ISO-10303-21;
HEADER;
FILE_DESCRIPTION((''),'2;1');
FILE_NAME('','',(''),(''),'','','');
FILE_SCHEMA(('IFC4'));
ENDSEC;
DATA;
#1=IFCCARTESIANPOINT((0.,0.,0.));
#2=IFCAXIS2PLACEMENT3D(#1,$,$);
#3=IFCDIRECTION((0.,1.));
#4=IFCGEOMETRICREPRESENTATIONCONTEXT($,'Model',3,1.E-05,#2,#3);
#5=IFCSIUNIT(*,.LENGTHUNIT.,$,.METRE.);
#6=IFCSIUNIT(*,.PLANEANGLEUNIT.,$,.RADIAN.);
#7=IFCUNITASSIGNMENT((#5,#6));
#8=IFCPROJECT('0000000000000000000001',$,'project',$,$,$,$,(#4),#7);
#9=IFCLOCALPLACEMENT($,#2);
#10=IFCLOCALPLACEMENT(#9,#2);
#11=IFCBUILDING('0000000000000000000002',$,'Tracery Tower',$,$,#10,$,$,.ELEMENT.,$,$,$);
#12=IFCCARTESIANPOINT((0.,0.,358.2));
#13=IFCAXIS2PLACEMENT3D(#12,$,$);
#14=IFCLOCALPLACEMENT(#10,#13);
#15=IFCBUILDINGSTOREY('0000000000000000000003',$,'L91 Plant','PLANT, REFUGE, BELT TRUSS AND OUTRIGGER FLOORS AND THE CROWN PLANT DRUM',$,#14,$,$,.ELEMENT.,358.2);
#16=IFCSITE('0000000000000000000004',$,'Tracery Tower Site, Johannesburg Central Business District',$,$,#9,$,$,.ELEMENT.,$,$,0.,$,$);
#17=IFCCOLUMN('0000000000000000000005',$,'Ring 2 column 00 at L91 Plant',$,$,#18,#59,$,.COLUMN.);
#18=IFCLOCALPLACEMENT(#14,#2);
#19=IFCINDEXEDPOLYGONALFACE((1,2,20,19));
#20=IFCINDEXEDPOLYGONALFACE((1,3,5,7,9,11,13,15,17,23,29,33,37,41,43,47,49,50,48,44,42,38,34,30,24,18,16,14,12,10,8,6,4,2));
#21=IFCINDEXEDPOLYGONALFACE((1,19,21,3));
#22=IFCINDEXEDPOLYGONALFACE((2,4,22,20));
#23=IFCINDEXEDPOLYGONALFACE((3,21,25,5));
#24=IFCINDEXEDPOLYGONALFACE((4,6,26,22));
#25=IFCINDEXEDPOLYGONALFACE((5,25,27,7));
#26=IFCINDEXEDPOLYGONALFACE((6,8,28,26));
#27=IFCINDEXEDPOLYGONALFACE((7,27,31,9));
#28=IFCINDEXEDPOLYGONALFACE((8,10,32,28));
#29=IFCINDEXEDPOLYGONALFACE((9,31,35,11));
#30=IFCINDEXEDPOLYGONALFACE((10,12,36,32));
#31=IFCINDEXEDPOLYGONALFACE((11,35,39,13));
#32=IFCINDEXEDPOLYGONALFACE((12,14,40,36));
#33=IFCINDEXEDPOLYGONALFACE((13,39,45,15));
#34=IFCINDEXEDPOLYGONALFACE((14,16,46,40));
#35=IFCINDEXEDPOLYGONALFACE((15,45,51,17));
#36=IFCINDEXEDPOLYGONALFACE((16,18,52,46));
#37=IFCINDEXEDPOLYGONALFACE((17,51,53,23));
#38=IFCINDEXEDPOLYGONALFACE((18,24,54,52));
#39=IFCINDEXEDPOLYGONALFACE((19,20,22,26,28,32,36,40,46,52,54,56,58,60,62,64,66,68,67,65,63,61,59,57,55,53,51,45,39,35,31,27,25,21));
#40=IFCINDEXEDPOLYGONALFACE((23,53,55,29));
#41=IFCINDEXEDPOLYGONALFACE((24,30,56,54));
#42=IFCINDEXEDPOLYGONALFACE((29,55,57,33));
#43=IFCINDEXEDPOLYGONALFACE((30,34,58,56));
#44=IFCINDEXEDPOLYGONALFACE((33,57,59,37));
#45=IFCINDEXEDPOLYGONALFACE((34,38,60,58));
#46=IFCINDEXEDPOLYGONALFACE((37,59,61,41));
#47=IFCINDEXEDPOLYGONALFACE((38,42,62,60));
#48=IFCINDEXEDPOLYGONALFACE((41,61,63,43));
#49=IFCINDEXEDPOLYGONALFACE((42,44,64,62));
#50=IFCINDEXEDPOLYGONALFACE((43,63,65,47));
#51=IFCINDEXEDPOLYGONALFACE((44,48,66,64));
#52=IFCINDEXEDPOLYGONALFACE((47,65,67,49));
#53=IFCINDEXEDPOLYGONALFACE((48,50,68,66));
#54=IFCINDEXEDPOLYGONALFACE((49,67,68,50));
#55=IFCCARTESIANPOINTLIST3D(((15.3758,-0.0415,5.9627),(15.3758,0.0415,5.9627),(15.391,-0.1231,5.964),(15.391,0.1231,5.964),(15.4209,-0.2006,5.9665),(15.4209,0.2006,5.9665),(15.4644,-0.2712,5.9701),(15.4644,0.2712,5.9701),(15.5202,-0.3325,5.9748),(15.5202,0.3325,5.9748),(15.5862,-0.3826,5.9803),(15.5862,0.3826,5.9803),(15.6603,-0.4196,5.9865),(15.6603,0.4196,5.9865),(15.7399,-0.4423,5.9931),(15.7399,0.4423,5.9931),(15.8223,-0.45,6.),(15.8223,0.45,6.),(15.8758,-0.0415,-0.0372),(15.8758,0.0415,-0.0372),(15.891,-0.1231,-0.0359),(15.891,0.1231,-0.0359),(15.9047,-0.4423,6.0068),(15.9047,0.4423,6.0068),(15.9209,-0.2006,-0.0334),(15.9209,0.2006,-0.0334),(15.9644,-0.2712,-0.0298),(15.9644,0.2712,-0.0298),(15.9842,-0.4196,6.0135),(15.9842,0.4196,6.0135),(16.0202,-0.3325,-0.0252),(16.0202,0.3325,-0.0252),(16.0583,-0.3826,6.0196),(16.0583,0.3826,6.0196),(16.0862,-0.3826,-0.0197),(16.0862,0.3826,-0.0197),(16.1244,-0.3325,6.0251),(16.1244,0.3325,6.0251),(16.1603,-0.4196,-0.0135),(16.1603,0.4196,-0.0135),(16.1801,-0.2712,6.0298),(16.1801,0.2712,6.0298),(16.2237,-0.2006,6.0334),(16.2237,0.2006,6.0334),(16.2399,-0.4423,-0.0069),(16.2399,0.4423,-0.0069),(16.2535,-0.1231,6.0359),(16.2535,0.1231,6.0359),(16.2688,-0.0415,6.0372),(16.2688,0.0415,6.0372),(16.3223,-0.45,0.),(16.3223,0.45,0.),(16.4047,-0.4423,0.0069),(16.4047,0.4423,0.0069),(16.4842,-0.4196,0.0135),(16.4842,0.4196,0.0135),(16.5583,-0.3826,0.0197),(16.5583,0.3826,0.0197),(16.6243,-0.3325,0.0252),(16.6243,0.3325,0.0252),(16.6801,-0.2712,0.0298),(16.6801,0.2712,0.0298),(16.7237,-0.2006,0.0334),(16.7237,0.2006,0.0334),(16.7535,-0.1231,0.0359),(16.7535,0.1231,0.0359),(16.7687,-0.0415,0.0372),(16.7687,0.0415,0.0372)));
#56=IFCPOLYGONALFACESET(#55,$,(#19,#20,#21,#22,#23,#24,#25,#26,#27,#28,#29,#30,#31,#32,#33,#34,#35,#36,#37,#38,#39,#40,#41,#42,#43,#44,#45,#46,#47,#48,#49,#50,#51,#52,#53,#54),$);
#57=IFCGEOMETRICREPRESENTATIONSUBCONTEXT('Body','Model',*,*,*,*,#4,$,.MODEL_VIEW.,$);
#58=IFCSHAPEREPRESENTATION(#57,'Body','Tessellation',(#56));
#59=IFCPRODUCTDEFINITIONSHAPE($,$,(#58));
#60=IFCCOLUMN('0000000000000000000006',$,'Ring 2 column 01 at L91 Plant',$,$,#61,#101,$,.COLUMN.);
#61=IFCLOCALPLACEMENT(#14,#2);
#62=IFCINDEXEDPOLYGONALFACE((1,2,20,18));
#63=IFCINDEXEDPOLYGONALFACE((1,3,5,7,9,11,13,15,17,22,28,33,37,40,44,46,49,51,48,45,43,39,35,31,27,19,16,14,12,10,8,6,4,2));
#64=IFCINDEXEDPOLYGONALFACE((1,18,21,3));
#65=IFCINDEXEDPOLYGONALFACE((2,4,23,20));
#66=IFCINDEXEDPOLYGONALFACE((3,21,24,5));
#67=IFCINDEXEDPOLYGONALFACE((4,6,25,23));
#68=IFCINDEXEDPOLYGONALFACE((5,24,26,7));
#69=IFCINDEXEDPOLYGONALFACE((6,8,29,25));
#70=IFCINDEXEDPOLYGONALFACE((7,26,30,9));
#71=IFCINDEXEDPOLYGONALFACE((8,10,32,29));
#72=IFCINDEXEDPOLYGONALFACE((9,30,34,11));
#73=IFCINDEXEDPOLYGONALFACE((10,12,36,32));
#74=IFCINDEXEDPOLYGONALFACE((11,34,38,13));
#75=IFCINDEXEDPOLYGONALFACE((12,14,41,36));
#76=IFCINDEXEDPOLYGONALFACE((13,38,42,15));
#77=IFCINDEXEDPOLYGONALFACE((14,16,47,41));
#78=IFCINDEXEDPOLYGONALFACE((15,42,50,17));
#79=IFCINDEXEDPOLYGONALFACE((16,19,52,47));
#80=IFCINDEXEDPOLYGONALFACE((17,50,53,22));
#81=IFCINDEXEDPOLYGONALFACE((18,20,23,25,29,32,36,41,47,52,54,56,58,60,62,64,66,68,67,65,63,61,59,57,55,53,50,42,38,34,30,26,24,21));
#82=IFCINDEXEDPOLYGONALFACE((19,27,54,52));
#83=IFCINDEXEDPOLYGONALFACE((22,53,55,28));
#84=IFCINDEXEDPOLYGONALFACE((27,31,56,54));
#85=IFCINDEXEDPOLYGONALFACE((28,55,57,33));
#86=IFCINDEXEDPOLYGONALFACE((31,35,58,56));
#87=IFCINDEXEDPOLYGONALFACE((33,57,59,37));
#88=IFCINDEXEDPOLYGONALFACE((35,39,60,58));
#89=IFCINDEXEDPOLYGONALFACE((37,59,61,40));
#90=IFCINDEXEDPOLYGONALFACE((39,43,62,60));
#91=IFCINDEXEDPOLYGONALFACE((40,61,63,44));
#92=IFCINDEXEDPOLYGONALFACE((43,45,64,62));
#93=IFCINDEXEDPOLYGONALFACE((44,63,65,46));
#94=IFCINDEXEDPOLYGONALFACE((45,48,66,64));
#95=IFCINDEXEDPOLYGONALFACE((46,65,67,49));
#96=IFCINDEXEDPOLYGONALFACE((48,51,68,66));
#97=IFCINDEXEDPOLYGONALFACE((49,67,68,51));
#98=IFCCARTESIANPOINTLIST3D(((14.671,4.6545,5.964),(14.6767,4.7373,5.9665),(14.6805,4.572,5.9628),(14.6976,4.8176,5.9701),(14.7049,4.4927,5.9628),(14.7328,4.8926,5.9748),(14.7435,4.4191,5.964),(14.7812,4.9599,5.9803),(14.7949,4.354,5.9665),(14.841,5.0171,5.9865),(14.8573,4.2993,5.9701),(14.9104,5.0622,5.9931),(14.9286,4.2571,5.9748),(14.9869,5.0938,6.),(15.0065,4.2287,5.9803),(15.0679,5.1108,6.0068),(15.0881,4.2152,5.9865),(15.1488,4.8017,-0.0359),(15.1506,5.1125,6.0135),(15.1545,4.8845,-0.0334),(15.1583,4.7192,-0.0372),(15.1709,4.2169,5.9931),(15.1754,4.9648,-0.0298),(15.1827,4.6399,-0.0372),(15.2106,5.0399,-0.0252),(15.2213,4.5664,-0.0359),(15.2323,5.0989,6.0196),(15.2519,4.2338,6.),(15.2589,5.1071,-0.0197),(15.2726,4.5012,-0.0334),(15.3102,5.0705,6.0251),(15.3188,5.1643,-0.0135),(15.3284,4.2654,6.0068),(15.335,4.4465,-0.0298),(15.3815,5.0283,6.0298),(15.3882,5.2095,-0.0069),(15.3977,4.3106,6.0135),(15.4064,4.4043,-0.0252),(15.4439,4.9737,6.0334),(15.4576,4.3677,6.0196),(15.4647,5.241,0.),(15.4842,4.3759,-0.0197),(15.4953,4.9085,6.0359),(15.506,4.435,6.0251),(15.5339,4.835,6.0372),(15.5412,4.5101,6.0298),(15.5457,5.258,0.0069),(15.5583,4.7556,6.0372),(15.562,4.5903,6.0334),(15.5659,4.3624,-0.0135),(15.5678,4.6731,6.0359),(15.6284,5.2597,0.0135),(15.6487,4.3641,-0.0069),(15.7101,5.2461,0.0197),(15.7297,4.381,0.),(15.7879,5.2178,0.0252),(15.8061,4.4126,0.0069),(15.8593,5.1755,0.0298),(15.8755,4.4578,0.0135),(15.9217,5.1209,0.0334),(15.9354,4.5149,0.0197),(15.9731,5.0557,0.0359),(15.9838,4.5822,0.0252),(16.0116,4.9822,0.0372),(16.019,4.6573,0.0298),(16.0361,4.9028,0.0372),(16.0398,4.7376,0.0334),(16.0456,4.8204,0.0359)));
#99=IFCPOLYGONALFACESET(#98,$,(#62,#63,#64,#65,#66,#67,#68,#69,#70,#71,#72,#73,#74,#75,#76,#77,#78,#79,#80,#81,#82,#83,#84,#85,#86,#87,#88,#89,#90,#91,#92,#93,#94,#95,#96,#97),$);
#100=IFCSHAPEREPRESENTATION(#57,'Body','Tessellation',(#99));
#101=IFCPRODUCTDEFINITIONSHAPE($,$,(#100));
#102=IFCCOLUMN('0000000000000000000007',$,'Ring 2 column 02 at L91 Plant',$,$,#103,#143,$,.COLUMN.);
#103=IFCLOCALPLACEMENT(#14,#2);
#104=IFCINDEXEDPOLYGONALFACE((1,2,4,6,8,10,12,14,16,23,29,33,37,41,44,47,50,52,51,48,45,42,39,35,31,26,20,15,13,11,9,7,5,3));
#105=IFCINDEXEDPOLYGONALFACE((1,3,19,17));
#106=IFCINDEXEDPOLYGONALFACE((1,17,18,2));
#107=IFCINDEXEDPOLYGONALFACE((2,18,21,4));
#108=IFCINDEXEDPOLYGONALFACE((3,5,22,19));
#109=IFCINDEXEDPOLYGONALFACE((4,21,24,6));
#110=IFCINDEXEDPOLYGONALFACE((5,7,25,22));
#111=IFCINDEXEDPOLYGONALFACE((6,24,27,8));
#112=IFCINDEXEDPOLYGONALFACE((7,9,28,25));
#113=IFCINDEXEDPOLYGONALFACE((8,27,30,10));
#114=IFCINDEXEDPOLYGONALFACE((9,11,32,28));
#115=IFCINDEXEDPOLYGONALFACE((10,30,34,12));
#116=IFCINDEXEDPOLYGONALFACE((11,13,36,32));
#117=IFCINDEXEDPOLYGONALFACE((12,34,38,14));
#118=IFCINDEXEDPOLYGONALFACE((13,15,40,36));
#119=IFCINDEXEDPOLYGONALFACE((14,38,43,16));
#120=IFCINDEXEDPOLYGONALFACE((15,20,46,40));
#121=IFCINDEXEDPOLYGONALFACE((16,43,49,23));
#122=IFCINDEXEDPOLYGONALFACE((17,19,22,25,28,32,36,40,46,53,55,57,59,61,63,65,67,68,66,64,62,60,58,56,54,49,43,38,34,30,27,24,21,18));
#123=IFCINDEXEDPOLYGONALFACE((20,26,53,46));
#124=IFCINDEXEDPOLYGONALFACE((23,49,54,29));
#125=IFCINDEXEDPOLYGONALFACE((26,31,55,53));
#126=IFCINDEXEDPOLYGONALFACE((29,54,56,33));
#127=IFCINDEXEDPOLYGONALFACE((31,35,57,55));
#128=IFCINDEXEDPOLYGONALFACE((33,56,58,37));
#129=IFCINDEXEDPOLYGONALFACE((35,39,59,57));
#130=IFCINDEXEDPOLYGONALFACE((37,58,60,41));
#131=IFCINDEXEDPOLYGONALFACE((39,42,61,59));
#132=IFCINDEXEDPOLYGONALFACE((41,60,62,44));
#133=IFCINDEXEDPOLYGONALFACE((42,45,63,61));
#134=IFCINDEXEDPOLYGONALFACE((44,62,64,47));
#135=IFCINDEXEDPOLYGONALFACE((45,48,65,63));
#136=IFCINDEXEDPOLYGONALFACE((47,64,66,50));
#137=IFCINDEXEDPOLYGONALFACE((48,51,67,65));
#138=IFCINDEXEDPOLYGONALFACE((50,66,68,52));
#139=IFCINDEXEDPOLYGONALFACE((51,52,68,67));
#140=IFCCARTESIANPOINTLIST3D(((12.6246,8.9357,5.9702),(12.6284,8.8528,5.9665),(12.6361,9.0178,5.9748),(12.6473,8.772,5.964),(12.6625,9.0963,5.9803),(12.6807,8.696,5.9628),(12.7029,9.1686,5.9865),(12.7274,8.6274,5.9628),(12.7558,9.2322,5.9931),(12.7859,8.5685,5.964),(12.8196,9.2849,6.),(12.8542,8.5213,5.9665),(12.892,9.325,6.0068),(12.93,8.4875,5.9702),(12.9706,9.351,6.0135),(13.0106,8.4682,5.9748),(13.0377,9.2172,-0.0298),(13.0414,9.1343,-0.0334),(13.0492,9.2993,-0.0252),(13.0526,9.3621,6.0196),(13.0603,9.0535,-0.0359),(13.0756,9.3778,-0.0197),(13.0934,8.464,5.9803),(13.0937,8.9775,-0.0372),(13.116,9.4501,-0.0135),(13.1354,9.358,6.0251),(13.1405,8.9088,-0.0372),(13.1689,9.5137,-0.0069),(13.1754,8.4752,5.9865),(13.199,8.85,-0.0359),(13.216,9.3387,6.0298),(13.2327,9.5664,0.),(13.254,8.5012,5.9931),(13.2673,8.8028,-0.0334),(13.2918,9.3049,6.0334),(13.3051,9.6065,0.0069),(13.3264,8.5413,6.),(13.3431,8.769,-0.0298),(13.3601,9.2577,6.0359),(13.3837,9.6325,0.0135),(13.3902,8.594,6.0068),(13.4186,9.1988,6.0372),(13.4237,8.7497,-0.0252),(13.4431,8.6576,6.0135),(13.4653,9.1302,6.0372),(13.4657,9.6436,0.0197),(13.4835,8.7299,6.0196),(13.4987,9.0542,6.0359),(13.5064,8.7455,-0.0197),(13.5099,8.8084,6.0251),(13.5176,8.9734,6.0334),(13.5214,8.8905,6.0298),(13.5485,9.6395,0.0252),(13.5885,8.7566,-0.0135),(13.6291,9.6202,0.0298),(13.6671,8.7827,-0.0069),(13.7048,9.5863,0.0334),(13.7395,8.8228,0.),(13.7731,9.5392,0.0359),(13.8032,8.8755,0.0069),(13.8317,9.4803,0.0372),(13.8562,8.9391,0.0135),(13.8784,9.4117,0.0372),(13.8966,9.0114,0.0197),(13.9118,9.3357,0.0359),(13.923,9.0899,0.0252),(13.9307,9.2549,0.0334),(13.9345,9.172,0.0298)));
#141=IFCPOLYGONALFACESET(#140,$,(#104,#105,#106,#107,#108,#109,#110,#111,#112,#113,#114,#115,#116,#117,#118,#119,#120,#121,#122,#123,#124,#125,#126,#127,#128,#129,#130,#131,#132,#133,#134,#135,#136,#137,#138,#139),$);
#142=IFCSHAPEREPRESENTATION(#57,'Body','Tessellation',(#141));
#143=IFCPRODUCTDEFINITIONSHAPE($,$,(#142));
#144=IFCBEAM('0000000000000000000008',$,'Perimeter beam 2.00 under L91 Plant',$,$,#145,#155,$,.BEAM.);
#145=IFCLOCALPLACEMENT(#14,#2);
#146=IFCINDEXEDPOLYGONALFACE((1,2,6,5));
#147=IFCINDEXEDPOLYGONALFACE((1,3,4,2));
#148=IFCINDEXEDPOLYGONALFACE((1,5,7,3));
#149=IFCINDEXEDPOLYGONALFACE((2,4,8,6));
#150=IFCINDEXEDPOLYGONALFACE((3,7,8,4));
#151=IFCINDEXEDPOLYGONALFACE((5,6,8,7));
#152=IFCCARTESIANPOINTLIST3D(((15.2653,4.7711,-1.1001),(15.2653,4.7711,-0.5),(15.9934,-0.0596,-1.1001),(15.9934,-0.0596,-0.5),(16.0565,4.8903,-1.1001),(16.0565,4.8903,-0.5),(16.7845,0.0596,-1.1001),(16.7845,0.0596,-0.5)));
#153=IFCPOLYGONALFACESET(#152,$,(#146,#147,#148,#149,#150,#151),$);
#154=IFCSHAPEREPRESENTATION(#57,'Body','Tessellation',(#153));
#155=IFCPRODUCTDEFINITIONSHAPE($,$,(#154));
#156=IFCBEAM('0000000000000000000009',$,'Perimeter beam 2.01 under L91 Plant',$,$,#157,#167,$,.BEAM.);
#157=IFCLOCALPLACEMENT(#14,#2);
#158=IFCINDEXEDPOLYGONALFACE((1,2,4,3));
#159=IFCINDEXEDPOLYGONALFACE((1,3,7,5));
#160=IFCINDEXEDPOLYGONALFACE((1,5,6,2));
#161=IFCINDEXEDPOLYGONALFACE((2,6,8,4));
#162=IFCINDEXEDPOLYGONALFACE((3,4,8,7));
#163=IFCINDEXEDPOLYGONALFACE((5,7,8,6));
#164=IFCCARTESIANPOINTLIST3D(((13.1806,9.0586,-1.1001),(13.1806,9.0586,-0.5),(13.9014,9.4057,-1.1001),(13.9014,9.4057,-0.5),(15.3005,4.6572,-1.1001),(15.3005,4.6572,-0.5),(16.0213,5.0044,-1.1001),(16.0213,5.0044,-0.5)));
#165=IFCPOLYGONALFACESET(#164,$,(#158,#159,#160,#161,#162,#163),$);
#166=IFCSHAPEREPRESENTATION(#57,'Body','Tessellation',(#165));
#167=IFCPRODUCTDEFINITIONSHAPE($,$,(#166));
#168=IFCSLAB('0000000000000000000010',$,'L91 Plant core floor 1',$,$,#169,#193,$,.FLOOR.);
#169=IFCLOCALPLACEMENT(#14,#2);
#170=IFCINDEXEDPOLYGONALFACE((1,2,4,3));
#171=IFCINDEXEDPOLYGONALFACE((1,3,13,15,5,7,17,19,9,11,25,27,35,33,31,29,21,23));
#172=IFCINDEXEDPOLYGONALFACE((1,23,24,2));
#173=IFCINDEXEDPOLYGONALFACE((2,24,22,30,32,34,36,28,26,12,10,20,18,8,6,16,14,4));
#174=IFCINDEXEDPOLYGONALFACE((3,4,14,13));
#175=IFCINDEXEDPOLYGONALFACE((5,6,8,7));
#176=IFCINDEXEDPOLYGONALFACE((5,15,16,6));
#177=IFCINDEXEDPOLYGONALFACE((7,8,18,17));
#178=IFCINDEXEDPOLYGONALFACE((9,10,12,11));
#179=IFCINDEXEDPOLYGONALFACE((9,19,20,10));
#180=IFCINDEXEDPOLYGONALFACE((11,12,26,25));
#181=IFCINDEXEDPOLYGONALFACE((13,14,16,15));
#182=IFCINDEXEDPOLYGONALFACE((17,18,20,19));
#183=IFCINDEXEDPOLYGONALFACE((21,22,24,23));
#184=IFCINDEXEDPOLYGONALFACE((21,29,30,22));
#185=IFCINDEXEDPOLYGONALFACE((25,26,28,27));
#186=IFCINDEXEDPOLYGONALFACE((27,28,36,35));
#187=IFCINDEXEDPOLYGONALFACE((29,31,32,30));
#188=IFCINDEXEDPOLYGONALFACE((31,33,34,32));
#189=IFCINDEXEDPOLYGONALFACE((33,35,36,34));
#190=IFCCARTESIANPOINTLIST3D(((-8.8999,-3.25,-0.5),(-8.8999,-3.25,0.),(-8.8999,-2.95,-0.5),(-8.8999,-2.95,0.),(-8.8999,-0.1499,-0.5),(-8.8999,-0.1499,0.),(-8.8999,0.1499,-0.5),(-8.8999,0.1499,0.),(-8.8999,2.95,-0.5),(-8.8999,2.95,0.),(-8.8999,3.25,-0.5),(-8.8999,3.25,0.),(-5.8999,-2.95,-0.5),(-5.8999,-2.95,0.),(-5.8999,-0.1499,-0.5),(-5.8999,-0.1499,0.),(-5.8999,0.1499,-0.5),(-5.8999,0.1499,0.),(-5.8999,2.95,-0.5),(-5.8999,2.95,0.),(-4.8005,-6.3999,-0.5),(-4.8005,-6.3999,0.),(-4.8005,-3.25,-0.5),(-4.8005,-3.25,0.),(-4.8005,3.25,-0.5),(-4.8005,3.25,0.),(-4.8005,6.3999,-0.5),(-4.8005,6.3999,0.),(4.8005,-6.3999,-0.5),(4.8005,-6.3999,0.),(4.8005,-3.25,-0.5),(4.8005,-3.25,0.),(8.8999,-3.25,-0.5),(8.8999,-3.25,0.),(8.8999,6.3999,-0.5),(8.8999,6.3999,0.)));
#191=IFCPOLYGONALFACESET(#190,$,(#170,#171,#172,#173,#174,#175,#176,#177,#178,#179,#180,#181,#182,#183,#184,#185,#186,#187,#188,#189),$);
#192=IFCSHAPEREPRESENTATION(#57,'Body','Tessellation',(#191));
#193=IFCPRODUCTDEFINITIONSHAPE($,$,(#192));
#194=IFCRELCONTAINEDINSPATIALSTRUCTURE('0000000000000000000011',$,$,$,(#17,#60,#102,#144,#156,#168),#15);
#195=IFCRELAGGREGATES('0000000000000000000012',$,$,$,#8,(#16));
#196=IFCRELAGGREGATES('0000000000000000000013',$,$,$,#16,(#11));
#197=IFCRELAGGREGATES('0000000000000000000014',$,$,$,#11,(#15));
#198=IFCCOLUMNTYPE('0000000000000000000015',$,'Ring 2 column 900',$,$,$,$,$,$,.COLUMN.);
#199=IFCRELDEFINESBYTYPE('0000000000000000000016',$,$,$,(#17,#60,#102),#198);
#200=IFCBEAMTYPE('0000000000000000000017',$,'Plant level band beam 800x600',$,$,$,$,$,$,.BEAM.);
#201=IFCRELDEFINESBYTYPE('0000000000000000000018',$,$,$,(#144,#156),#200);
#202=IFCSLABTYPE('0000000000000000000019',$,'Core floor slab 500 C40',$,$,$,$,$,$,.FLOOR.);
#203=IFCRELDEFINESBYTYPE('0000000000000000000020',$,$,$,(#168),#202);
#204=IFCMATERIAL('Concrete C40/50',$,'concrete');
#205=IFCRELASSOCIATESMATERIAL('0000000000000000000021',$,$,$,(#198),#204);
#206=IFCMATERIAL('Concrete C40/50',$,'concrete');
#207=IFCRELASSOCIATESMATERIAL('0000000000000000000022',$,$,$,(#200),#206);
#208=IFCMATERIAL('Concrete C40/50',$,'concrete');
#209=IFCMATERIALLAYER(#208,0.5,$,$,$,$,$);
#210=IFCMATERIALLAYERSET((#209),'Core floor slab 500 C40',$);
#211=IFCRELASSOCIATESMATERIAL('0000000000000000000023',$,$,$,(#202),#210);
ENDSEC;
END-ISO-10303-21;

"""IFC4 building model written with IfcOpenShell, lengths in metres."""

from ifc_helpers import new_model, si_unit, direction, frame, origin, origin_2d, place, context, subcontext, project, spatial, polyline, rectangle, circle, outline, extrude, material, layer, layer_set, material_profile, profile_set, type_object, element, save


model = new_model("IFC4")

# Units and contexts
model_context = context("Model", 3, precision=1e-05, world=origin(), true_north=direction((0.0, 1.0)))
body_context = subcontext(model_context, "Body", "Model", "MODEL_VIEW")
ifc_project = project(units=[si_unit("LENGTHUNIT", "METRE"), si_unit("PLANEANGLEUNIT", "RADIAN")], contexts=[model_context])

# Site, building, storey
site_placement = place(None, origin())
site = spatial("IfcSite", under=ifc_project, at=site_placement, Name="Tracery Tower Site, Johannesburg Central Business District", CompositionType="ELEMENT", RefElevation=0.0)
building_placement = place(site_placement, origin())
building = spatial("IfcBuilding", under=site, at=building_placement, Name="Tracery Tower", CompositionType="ELEMENT")
storey_placement = place(building_placement, frame((0.0, 0.0, 358.2)))
storey = spatial("IfcBuildingStorey", under=building, at=storey_placement, Name="L91 Plant", Description="PLANT, REFUGE, BELT TRUSS AND OUTRIGGER FLOORS AND THE CROWN PLANT DRUM", CompositionType="ELEMENT", Elevation=358.2)

# Columns
ifc_material_1 = material(Name="Concrete C40/50", Category="concrete")
ifc_material_profile_1 = material_profile(ifc_material_1, circle(Radius=0.45, at=origin_2d()), Name="RC D900")
ifc_profile_set_1 = profile_set([ifc_material_profile_1], Name="Concrete C40/50")
column_type = type_object("IfcColumnType", Name="Ring 2 column 900", PredefinedType="COLUMN", material=ifc_profile_set_1)
for number, where, z_axis, x_axis, name in (
    (1, (16.3223, 0.0, 0.0), (-0.083045, 0.0, 0.996546), (0.0, -1.0, 0.0), "Ring 2 column 00 at L91 Plant"),
    (2, (15.5972, 4.811, 0.0), (-0.079356, -0.024451, 0.996546), (0.294463, -0.955663, 0.0), "Ring 2 column 01 at L91 Plant"),
    (3, (13.4861, 9.1946, 0.0), (-0.06861, -0.046754, 0.996547), (0.563125, -0.826372, 0.0), "Ring 2 column 02 at L91 Plant"),
):
    element("IfcColumn", number, at=place(storey_placement, frame(where, z_axis=z_axis, x_axis=x_axis)), inside=storey, type_object=column_type, Name=name, PredefinedType="COLUMN", context=body_context, shape_type="SweptSolid", body=[
        extrude(circle(Radius=0.45, at=origin_2d()), origin(), (0.0, 0.0, 1.0), 6.0208),
    ])

# Beams
ifc_material_2 = material(Name="Concrete C40/50", Category="concrete")
ifc_material_profile_2 = material_profile(ifc_material_2, rectangle(XDim=0.8, YDim=0.6001, at=origin_2d()), Name="RC 800x600")
ifc_profile_set_2 = profile_set([ifc_material_profile_2], Name="Concrete C40/50")
beam_type = type_object("IfcBeamType", Name="Plant level band beam 800x600", PredefinedType="BEAM", material=ifc_profile_set_2)
for number, where, z_axis, x_axis, name in (
    (4, (16.3889, 0.0, -0.8), (-0.149022, 0.988834, 0.0), (-0.988834, -0.149022, 0.0), "Perimeter beam 2.00 under L91 Plant"),
    (5, (15.6609, 4.8308, -0.8), (-0.433931, 0.900946, 0.0), (-0.900946, -0.433931, 0.0), "Perimeter beam 2.01 under L91 Plant"),
):
    element("IfcBeam", number, at=place(storey_placement, frame(where, z_axis=z_axis, x_axis=x_axis)), inside=storey, type_object=beam_type, Name=name, PredefinedType="BEAM", context=body_context, shape_type="SweptSolid", body=[
        extrude(rectangle(XDim=0.8, YDim=0.6001, at=origin_2d()), origin(), (0.0, 0.0, 1.0), 4.8853),
    ])

# Slab
ifc_material_3 = material(Name="Concrete C40/50", Category="concrete")
ifc_layer_1 = layer(ifc_material_3, 0.5)
ifc_layer_set_1 = layer_set([ifc_layer_1], Name="Core floor slab 500 C40")
slab_type = type_object("IfcSlabType", Name="Core floor slab 500 C40", PredefinedType="FLOOR", material=ifc_layer_set_1)
slab_placement = place(storey_placement, frame((0.0, 0.0, -0.5)))
element("IfcSlab", 6, at=slab_placement, inside=storey, type_object=slab_type, Name="L91 Plant core floor 1", PredefinedType="FLOOR", context=body_context, shape_type="SweptSolid", body=[
    extrude(outline(polyline([(-8.8999, -3.25), (-8.8999, -2.95), (-5.8999, -2.95), (-5.8999, -0.1499), (-8.8999, -0.1499), (-8.8999, 0.1499), (-5.8999, 0.1499), (-5.8999, 2.95), (-8.8999, 2.95), (-8.8999, 3.25), (-4.8005, 3.25), (-4.8005, 6.3999), (8.8999, 6.3999), (8.8999, -3.25), (4.8005, -3.25), (4.8005, -6.3999), (-4.8005, -6.3999), (-4.8005, -3.25), (-8.8999, -3.25)])), origin(), (0.0, 0.0, 1.0), 0.5),
])

save(model, "model.ifc")
